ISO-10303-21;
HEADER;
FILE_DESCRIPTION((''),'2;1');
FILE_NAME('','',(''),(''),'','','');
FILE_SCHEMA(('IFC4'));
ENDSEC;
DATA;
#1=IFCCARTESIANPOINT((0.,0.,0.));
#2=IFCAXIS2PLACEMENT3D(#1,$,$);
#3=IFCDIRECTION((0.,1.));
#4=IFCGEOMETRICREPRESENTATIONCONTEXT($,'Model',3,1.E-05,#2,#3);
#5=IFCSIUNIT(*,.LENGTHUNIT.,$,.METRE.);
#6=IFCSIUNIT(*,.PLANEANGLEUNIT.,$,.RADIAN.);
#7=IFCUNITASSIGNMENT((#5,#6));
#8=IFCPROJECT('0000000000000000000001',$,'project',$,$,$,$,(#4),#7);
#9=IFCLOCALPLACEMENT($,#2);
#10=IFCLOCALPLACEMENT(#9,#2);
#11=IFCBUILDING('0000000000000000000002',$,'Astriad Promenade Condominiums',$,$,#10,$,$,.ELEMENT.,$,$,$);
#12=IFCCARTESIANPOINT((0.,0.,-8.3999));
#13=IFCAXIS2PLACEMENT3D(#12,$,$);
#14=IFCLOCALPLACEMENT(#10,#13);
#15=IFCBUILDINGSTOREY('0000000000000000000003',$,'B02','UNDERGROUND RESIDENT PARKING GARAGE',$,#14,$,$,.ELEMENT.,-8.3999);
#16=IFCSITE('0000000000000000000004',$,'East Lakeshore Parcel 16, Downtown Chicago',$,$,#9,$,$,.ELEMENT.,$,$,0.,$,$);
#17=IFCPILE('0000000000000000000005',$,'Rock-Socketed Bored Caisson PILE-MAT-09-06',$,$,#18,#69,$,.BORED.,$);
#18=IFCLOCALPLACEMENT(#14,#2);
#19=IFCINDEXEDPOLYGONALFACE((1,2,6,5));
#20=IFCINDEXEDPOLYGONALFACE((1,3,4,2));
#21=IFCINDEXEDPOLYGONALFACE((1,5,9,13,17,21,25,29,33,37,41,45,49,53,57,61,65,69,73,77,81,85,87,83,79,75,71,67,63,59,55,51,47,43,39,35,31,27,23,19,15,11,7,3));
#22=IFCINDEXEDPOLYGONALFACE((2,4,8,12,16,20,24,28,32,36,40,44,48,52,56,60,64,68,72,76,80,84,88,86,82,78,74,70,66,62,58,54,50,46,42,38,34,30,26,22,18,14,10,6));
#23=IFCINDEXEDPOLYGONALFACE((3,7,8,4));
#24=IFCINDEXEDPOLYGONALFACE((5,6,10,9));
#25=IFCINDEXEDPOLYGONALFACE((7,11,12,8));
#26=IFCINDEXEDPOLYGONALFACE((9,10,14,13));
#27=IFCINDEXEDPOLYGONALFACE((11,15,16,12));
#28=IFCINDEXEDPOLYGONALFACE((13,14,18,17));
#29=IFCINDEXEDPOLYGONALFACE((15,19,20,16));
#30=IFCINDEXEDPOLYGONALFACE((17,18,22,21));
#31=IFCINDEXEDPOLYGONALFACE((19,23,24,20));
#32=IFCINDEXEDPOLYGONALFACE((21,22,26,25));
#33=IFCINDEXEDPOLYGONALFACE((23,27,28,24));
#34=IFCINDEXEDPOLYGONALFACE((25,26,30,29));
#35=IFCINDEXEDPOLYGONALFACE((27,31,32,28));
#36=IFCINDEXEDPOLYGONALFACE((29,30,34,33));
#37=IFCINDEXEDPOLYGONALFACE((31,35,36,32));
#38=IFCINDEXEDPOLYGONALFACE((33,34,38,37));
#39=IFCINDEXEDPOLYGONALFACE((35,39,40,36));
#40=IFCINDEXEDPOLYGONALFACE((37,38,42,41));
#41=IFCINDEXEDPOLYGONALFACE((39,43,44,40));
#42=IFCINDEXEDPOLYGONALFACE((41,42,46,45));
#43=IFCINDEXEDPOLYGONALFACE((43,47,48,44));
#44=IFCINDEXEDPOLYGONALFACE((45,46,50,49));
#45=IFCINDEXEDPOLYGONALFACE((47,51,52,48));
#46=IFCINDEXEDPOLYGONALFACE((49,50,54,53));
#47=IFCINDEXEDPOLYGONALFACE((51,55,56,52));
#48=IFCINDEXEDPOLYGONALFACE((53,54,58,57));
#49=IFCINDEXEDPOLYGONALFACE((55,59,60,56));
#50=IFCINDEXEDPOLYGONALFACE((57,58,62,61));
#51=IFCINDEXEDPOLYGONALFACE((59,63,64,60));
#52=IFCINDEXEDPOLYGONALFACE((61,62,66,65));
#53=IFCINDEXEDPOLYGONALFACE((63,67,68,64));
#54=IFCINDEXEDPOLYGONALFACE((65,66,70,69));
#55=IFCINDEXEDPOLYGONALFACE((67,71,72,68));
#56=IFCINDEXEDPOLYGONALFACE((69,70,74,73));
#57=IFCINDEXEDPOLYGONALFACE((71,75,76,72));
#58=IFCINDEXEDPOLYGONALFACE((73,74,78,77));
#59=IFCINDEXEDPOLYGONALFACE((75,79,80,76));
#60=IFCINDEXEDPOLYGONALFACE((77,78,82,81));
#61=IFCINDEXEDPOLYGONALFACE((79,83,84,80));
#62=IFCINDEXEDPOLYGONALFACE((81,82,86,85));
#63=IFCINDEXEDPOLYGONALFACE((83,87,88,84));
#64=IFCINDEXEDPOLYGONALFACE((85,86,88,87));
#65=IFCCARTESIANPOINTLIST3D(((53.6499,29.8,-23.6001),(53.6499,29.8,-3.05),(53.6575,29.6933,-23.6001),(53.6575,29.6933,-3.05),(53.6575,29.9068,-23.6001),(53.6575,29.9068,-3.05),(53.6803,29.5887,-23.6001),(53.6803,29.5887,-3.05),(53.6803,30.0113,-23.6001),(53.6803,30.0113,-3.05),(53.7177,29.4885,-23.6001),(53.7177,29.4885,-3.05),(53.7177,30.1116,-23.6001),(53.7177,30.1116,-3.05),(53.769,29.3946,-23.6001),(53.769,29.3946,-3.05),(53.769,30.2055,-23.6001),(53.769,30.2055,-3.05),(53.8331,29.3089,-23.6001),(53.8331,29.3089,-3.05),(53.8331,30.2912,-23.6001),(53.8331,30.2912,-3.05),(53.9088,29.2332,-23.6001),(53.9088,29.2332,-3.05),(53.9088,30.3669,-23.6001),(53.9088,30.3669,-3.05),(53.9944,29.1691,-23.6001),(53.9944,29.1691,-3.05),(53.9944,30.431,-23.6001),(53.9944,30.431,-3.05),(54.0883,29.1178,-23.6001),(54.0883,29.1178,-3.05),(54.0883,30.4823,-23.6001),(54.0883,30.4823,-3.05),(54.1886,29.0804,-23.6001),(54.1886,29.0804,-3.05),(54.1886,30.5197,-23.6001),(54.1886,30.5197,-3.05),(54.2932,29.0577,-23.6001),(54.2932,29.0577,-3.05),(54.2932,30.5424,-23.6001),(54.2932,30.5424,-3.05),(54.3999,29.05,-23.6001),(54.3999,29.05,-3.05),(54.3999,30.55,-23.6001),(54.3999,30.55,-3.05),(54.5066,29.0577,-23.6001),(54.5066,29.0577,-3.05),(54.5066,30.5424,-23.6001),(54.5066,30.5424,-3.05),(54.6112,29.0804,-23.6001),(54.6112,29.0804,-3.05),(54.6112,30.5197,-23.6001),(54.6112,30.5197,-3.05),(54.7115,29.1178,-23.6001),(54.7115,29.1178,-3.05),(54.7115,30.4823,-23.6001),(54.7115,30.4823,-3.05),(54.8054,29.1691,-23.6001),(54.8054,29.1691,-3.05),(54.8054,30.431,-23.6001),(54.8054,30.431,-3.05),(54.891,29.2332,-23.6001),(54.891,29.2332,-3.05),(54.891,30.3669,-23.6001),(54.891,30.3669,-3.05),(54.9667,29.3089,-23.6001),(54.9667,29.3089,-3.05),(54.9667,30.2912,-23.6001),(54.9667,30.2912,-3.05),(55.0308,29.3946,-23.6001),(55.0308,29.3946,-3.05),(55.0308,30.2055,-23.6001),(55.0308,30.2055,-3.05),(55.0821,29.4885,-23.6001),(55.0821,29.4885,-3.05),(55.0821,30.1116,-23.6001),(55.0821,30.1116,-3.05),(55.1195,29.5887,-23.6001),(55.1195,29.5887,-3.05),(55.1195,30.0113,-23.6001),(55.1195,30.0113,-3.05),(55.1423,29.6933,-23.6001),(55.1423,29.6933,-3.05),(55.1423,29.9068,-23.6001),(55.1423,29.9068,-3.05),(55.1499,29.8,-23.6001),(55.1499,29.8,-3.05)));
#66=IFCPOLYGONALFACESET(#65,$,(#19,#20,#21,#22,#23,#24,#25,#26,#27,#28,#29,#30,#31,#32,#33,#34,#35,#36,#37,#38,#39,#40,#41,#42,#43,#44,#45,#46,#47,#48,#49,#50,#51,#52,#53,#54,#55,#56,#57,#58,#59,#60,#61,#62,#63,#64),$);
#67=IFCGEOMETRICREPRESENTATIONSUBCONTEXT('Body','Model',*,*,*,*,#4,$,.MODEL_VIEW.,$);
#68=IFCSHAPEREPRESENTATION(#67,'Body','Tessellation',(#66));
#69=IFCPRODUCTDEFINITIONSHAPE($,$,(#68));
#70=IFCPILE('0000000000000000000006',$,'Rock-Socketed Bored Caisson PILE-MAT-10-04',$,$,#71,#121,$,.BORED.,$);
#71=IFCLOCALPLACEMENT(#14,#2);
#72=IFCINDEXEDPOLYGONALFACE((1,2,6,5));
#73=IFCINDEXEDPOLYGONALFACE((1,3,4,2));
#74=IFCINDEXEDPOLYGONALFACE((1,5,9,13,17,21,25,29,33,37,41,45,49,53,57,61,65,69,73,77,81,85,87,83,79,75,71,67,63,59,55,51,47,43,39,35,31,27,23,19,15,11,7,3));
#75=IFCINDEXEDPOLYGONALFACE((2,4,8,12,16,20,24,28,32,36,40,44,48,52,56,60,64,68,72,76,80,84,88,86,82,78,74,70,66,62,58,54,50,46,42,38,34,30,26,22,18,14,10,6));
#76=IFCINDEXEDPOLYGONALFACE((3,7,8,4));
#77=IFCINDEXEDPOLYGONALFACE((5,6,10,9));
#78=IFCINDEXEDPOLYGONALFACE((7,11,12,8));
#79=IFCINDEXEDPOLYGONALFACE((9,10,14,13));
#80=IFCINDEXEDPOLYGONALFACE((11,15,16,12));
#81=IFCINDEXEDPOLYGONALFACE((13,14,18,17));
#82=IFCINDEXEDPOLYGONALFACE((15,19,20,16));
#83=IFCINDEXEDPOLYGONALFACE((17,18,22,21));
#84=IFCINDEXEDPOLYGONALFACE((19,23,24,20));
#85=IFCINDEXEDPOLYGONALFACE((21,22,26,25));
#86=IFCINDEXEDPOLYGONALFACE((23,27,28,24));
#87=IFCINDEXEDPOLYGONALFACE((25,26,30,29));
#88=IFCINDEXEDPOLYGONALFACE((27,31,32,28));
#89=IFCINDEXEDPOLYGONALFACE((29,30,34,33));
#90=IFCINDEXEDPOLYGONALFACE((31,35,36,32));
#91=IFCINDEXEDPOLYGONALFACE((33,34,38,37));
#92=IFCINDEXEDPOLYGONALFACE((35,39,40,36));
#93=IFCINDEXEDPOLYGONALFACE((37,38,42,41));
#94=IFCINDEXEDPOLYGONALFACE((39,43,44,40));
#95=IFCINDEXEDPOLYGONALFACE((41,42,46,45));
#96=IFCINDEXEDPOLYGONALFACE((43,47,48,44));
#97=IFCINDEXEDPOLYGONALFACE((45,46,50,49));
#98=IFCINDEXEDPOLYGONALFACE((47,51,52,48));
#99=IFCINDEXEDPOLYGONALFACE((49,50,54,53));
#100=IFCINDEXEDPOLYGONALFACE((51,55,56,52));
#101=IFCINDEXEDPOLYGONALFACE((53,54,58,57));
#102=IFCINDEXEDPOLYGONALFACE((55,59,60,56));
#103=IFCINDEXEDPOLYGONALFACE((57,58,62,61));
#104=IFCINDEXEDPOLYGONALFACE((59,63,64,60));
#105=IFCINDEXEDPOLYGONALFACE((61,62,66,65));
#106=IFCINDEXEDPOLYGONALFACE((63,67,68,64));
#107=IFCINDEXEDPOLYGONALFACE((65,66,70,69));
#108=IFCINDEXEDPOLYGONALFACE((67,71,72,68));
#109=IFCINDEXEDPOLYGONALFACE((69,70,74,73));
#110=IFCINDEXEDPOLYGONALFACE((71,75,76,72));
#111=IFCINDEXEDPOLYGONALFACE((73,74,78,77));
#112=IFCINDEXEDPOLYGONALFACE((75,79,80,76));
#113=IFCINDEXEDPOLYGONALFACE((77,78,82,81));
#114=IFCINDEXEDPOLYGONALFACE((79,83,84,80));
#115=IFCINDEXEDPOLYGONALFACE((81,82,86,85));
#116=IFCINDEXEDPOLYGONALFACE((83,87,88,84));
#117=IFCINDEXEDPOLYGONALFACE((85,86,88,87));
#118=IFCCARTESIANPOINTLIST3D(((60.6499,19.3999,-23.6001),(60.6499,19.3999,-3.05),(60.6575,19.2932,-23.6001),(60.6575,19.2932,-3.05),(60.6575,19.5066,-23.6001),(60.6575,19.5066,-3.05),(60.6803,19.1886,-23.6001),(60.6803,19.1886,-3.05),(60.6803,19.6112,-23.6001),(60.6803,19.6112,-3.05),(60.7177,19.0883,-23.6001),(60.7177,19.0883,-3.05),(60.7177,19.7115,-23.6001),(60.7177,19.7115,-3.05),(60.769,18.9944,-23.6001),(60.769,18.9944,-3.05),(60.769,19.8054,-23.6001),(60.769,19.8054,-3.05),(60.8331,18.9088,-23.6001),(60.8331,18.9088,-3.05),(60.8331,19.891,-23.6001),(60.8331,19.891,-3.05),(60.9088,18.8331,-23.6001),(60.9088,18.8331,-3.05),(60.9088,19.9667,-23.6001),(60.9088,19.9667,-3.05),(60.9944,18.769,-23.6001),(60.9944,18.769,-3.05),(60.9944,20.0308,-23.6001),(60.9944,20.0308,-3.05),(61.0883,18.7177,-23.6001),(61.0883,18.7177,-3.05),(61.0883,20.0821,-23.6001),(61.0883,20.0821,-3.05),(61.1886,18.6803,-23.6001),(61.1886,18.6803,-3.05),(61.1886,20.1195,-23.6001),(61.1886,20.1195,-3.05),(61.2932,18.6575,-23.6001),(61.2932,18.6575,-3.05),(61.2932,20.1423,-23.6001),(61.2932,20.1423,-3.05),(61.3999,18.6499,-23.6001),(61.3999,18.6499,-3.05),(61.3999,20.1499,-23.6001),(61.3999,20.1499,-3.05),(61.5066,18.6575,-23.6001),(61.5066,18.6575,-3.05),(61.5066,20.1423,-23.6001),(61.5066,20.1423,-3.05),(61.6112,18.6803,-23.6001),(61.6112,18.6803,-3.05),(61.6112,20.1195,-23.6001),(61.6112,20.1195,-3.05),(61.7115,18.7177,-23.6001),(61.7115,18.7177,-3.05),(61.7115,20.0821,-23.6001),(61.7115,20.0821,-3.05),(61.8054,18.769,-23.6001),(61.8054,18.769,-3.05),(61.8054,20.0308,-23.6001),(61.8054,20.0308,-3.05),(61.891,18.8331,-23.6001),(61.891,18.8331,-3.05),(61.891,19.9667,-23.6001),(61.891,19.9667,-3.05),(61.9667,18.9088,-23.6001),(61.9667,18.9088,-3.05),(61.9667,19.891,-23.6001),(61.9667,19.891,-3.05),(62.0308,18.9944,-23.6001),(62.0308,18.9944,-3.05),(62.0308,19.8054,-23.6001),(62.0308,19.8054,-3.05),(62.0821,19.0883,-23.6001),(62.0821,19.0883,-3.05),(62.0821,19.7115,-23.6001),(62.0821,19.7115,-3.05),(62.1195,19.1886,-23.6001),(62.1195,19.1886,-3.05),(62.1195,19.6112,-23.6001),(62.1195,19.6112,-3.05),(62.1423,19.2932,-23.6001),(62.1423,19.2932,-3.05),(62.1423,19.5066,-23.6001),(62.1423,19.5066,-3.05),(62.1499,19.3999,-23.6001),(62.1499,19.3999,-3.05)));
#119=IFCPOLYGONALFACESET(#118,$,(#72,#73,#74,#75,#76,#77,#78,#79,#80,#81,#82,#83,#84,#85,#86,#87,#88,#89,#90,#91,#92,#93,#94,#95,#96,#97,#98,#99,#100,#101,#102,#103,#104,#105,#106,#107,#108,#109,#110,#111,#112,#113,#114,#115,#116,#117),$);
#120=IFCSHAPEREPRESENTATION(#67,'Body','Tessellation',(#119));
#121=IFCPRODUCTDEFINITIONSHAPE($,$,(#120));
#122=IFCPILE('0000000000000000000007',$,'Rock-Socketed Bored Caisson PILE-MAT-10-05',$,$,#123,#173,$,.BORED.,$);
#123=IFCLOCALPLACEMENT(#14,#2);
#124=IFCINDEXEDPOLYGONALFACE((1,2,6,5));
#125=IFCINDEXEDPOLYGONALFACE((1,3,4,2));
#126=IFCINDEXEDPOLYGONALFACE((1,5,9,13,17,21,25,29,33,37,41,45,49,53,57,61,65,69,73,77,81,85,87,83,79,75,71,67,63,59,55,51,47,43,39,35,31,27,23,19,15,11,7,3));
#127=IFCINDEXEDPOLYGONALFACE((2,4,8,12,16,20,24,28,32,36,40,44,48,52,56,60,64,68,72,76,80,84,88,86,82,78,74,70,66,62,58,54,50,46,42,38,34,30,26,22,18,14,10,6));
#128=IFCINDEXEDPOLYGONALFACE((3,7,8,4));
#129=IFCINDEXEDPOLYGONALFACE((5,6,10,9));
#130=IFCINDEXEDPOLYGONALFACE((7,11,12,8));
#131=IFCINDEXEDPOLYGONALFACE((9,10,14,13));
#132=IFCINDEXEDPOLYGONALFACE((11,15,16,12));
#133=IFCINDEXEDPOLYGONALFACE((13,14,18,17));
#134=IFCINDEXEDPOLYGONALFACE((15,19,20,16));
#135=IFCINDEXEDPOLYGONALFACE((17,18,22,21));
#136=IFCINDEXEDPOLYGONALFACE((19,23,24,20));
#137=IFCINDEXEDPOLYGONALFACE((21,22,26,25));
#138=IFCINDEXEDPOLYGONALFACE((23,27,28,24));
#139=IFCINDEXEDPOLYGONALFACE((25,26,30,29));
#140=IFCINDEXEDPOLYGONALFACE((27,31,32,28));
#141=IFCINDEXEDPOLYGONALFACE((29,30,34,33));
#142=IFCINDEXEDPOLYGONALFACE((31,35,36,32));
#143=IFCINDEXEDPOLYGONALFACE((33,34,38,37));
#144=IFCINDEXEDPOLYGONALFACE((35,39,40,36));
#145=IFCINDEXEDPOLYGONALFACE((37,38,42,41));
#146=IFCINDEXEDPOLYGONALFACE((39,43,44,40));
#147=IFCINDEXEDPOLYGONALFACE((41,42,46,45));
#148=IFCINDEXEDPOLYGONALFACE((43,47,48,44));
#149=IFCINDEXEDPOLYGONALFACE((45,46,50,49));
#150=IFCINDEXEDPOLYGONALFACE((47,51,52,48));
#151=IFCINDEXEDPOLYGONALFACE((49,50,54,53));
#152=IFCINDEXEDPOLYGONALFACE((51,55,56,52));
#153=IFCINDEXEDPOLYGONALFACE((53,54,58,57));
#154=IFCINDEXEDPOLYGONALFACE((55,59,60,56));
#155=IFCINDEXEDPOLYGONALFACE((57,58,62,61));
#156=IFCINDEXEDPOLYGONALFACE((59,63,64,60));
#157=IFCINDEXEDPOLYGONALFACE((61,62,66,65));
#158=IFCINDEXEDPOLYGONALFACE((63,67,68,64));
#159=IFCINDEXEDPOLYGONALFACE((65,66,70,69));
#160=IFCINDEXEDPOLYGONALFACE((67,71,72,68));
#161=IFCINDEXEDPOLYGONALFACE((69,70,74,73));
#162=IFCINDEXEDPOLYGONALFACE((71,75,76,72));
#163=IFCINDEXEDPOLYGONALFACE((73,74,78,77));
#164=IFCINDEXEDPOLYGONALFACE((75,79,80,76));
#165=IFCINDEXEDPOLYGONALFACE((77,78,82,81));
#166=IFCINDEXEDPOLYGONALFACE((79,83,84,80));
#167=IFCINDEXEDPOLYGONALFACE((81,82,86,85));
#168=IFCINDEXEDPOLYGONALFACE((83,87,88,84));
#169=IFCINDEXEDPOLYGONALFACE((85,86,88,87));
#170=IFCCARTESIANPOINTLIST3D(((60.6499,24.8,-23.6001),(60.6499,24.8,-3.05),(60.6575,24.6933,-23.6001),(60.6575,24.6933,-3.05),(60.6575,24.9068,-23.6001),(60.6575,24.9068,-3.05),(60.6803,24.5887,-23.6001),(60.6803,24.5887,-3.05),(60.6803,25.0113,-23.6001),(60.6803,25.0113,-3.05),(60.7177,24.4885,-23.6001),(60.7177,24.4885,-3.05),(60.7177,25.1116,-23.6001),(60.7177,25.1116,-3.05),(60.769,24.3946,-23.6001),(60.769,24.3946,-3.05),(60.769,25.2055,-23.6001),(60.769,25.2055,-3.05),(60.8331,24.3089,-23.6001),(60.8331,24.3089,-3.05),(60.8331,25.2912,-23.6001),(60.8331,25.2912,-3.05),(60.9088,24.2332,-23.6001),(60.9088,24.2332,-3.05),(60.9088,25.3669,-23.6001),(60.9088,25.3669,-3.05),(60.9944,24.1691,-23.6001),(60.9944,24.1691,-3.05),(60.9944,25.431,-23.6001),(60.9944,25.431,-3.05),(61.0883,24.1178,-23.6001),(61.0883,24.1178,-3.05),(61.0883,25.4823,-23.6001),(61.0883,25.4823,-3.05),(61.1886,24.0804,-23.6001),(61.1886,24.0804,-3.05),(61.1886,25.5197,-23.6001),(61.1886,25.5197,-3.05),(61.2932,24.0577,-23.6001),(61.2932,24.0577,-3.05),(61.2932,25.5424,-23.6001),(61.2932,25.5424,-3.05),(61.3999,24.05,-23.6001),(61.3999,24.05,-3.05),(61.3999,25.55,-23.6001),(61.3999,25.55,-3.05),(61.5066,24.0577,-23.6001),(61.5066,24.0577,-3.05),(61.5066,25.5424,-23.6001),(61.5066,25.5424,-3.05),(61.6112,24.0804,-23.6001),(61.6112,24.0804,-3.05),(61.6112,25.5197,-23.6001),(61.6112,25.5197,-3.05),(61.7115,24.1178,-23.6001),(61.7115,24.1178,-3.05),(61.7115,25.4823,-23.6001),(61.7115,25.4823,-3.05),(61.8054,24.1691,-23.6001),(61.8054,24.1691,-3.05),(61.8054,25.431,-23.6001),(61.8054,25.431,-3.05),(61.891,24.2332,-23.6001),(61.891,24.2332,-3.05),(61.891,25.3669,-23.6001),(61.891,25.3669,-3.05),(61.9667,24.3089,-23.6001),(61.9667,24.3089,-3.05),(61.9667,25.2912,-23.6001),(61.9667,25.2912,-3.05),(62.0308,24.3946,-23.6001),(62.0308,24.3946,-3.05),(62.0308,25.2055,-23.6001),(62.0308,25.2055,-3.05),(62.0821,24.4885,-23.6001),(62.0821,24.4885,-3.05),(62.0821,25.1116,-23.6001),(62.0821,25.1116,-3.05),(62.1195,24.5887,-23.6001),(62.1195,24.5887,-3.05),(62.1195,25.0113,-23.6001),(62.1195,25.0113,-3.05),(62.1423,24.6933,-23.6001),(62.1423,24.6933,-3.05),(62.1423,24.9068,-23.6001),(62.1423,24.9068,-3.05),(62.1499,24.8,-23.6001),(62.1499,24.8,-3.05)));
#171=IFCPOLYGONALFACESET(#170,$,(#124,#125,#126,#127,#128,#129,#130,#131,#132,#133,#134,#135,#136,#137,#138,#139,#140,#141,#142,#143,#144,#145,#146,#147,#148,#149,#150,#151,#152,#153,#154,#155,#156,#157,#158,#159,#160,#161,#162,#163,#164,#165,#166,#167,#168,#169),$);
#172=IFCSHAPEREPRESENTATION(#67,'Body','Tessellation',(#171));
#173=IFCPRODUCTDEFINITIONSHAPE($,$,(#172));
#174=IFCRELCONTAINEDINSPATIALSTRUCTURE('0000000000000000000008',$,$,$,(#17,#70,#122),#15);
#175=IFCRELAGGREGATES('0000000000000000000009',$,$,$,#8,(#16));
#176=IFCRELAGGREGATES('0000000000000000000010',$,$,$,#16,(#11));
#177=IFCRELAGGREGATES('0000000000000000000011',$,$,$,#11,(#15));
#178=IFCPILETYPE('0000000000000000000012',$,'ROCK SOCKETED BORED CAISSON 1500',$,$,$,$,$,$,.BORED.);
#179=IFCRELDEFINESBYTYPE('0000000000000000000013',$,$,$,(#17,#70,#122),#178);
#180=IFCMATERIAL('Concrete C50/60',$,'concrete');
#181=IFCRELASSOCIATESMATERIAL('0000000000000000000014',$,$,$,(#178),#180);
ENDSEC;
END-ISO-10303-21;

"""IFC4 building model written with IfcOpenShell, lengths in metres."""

from ifc_helpers import new_model, si_unit, direction, frame, origin, origin_2d, place, context, subcontext, project, spatial, circle, extrude, source, transform, mapped, material, material_profile, profile_set, type_object, type_shapes, element, save


model = new_model("IFC4")

# Units and contexts
model_context = context("Model", 3, precision=1e-05, world=origin(), true_north=direction((0.0, 1.0)))
body_context = subcontext(model_context, "Body", "Model", "MODEL_VIEW")
ifc_project = project(units=[si_unit("LENGTHUNIT", "METRE"), si_unit("PLANEANGLEUNIT", "RADIAN")], contexts=[model_context])

# Site, building, storey
site_placement = place(None, origin())
site = spatial("IfcSite", under=ifc_project, at=site_placement, Name="East Lakeshore Parcel 16, Downtown Chicago", CompositionType="ELEMENT", RefElevation=0.0)
building_placement = place(site_placement, origin())
building = spatial("IfcBuilding", under=site, at=building_placement, Name="Astriad Promenade Condominiums", CompositionType="ELEMENT")
storey_placement = place(building_placement, frame((0.0, 0.0, -8.3999)))
storey = spatial("IfcBuildingStorey", under=building, at=storey_placement, Name="B02", Description="UNDERGROUND RESIDENT PARKING GARAGE", CompositionType="ELEMENT", Elevation=-8.3999)

# Piles
ifc_material_1 = material(Name="Concrete C50/60", Category="concrete")
ifc_material_profile_1 = material_profile(ifc_material_1, circle(Radius=0.75, at=origin_2d()), Name="CAISSON-D1500")
ifc_profile_set_1 = profile_set([ifc_material_profile_1], Name="Concrete C50/60")
pile_type_1 = type_object("IfcPileType", Name="ROCK SOCKETED BORED CAISSON 1500", PredefinedType="BORED", material=ifc_profile_set_1)
shared_shape_1 = source(origin(), body_context, "Body", "SweptSolid", [
    extrude(circle(Radius=0.75, at=origin_2d()), origin(), (0.0, 0.0, 1.0), 20.55),
])
type_shapes(pile_type_1, [shared_shape_1])
for number, where, z_axis, x_axis, name in (
    (1, (54.3999, 29.8, -3.05), (0.0, 0.0, -1.0), (1.0, 0.0, 0.0), "Rock-Socketed Bored Caisson PILE-MAT-09-06"),
    (2, (61.3999, 19.3999, -3.05), (0.0, 0.0, -1.0), (1.0, 0.0, 0.0), "Rock-Socketed Bored Caisson PILE-MAT-10-04"),
    (3, (61.3999, 24.8, -3.05), (0.0, 0.0, -1.0), (1.0, 0.0, 0.0), "Rock-Socketed Bored Caisson PILE-MAT-10-05"),
):
    element("IfcPile", number, at=place(storey_placement, frame(where, z_axis=z_axis, x_axis=x_axis)), inside=storey, type_object=pile_type_1, Name=name, PredefinedType="BORED", context=body_context, shape_type="MappedRepresentation", body=[
        mapped(shared_shape_1, transform((0.0, 0.0, 0.0), scale=1.0)),
    ])

save(model, "model.ifc")
